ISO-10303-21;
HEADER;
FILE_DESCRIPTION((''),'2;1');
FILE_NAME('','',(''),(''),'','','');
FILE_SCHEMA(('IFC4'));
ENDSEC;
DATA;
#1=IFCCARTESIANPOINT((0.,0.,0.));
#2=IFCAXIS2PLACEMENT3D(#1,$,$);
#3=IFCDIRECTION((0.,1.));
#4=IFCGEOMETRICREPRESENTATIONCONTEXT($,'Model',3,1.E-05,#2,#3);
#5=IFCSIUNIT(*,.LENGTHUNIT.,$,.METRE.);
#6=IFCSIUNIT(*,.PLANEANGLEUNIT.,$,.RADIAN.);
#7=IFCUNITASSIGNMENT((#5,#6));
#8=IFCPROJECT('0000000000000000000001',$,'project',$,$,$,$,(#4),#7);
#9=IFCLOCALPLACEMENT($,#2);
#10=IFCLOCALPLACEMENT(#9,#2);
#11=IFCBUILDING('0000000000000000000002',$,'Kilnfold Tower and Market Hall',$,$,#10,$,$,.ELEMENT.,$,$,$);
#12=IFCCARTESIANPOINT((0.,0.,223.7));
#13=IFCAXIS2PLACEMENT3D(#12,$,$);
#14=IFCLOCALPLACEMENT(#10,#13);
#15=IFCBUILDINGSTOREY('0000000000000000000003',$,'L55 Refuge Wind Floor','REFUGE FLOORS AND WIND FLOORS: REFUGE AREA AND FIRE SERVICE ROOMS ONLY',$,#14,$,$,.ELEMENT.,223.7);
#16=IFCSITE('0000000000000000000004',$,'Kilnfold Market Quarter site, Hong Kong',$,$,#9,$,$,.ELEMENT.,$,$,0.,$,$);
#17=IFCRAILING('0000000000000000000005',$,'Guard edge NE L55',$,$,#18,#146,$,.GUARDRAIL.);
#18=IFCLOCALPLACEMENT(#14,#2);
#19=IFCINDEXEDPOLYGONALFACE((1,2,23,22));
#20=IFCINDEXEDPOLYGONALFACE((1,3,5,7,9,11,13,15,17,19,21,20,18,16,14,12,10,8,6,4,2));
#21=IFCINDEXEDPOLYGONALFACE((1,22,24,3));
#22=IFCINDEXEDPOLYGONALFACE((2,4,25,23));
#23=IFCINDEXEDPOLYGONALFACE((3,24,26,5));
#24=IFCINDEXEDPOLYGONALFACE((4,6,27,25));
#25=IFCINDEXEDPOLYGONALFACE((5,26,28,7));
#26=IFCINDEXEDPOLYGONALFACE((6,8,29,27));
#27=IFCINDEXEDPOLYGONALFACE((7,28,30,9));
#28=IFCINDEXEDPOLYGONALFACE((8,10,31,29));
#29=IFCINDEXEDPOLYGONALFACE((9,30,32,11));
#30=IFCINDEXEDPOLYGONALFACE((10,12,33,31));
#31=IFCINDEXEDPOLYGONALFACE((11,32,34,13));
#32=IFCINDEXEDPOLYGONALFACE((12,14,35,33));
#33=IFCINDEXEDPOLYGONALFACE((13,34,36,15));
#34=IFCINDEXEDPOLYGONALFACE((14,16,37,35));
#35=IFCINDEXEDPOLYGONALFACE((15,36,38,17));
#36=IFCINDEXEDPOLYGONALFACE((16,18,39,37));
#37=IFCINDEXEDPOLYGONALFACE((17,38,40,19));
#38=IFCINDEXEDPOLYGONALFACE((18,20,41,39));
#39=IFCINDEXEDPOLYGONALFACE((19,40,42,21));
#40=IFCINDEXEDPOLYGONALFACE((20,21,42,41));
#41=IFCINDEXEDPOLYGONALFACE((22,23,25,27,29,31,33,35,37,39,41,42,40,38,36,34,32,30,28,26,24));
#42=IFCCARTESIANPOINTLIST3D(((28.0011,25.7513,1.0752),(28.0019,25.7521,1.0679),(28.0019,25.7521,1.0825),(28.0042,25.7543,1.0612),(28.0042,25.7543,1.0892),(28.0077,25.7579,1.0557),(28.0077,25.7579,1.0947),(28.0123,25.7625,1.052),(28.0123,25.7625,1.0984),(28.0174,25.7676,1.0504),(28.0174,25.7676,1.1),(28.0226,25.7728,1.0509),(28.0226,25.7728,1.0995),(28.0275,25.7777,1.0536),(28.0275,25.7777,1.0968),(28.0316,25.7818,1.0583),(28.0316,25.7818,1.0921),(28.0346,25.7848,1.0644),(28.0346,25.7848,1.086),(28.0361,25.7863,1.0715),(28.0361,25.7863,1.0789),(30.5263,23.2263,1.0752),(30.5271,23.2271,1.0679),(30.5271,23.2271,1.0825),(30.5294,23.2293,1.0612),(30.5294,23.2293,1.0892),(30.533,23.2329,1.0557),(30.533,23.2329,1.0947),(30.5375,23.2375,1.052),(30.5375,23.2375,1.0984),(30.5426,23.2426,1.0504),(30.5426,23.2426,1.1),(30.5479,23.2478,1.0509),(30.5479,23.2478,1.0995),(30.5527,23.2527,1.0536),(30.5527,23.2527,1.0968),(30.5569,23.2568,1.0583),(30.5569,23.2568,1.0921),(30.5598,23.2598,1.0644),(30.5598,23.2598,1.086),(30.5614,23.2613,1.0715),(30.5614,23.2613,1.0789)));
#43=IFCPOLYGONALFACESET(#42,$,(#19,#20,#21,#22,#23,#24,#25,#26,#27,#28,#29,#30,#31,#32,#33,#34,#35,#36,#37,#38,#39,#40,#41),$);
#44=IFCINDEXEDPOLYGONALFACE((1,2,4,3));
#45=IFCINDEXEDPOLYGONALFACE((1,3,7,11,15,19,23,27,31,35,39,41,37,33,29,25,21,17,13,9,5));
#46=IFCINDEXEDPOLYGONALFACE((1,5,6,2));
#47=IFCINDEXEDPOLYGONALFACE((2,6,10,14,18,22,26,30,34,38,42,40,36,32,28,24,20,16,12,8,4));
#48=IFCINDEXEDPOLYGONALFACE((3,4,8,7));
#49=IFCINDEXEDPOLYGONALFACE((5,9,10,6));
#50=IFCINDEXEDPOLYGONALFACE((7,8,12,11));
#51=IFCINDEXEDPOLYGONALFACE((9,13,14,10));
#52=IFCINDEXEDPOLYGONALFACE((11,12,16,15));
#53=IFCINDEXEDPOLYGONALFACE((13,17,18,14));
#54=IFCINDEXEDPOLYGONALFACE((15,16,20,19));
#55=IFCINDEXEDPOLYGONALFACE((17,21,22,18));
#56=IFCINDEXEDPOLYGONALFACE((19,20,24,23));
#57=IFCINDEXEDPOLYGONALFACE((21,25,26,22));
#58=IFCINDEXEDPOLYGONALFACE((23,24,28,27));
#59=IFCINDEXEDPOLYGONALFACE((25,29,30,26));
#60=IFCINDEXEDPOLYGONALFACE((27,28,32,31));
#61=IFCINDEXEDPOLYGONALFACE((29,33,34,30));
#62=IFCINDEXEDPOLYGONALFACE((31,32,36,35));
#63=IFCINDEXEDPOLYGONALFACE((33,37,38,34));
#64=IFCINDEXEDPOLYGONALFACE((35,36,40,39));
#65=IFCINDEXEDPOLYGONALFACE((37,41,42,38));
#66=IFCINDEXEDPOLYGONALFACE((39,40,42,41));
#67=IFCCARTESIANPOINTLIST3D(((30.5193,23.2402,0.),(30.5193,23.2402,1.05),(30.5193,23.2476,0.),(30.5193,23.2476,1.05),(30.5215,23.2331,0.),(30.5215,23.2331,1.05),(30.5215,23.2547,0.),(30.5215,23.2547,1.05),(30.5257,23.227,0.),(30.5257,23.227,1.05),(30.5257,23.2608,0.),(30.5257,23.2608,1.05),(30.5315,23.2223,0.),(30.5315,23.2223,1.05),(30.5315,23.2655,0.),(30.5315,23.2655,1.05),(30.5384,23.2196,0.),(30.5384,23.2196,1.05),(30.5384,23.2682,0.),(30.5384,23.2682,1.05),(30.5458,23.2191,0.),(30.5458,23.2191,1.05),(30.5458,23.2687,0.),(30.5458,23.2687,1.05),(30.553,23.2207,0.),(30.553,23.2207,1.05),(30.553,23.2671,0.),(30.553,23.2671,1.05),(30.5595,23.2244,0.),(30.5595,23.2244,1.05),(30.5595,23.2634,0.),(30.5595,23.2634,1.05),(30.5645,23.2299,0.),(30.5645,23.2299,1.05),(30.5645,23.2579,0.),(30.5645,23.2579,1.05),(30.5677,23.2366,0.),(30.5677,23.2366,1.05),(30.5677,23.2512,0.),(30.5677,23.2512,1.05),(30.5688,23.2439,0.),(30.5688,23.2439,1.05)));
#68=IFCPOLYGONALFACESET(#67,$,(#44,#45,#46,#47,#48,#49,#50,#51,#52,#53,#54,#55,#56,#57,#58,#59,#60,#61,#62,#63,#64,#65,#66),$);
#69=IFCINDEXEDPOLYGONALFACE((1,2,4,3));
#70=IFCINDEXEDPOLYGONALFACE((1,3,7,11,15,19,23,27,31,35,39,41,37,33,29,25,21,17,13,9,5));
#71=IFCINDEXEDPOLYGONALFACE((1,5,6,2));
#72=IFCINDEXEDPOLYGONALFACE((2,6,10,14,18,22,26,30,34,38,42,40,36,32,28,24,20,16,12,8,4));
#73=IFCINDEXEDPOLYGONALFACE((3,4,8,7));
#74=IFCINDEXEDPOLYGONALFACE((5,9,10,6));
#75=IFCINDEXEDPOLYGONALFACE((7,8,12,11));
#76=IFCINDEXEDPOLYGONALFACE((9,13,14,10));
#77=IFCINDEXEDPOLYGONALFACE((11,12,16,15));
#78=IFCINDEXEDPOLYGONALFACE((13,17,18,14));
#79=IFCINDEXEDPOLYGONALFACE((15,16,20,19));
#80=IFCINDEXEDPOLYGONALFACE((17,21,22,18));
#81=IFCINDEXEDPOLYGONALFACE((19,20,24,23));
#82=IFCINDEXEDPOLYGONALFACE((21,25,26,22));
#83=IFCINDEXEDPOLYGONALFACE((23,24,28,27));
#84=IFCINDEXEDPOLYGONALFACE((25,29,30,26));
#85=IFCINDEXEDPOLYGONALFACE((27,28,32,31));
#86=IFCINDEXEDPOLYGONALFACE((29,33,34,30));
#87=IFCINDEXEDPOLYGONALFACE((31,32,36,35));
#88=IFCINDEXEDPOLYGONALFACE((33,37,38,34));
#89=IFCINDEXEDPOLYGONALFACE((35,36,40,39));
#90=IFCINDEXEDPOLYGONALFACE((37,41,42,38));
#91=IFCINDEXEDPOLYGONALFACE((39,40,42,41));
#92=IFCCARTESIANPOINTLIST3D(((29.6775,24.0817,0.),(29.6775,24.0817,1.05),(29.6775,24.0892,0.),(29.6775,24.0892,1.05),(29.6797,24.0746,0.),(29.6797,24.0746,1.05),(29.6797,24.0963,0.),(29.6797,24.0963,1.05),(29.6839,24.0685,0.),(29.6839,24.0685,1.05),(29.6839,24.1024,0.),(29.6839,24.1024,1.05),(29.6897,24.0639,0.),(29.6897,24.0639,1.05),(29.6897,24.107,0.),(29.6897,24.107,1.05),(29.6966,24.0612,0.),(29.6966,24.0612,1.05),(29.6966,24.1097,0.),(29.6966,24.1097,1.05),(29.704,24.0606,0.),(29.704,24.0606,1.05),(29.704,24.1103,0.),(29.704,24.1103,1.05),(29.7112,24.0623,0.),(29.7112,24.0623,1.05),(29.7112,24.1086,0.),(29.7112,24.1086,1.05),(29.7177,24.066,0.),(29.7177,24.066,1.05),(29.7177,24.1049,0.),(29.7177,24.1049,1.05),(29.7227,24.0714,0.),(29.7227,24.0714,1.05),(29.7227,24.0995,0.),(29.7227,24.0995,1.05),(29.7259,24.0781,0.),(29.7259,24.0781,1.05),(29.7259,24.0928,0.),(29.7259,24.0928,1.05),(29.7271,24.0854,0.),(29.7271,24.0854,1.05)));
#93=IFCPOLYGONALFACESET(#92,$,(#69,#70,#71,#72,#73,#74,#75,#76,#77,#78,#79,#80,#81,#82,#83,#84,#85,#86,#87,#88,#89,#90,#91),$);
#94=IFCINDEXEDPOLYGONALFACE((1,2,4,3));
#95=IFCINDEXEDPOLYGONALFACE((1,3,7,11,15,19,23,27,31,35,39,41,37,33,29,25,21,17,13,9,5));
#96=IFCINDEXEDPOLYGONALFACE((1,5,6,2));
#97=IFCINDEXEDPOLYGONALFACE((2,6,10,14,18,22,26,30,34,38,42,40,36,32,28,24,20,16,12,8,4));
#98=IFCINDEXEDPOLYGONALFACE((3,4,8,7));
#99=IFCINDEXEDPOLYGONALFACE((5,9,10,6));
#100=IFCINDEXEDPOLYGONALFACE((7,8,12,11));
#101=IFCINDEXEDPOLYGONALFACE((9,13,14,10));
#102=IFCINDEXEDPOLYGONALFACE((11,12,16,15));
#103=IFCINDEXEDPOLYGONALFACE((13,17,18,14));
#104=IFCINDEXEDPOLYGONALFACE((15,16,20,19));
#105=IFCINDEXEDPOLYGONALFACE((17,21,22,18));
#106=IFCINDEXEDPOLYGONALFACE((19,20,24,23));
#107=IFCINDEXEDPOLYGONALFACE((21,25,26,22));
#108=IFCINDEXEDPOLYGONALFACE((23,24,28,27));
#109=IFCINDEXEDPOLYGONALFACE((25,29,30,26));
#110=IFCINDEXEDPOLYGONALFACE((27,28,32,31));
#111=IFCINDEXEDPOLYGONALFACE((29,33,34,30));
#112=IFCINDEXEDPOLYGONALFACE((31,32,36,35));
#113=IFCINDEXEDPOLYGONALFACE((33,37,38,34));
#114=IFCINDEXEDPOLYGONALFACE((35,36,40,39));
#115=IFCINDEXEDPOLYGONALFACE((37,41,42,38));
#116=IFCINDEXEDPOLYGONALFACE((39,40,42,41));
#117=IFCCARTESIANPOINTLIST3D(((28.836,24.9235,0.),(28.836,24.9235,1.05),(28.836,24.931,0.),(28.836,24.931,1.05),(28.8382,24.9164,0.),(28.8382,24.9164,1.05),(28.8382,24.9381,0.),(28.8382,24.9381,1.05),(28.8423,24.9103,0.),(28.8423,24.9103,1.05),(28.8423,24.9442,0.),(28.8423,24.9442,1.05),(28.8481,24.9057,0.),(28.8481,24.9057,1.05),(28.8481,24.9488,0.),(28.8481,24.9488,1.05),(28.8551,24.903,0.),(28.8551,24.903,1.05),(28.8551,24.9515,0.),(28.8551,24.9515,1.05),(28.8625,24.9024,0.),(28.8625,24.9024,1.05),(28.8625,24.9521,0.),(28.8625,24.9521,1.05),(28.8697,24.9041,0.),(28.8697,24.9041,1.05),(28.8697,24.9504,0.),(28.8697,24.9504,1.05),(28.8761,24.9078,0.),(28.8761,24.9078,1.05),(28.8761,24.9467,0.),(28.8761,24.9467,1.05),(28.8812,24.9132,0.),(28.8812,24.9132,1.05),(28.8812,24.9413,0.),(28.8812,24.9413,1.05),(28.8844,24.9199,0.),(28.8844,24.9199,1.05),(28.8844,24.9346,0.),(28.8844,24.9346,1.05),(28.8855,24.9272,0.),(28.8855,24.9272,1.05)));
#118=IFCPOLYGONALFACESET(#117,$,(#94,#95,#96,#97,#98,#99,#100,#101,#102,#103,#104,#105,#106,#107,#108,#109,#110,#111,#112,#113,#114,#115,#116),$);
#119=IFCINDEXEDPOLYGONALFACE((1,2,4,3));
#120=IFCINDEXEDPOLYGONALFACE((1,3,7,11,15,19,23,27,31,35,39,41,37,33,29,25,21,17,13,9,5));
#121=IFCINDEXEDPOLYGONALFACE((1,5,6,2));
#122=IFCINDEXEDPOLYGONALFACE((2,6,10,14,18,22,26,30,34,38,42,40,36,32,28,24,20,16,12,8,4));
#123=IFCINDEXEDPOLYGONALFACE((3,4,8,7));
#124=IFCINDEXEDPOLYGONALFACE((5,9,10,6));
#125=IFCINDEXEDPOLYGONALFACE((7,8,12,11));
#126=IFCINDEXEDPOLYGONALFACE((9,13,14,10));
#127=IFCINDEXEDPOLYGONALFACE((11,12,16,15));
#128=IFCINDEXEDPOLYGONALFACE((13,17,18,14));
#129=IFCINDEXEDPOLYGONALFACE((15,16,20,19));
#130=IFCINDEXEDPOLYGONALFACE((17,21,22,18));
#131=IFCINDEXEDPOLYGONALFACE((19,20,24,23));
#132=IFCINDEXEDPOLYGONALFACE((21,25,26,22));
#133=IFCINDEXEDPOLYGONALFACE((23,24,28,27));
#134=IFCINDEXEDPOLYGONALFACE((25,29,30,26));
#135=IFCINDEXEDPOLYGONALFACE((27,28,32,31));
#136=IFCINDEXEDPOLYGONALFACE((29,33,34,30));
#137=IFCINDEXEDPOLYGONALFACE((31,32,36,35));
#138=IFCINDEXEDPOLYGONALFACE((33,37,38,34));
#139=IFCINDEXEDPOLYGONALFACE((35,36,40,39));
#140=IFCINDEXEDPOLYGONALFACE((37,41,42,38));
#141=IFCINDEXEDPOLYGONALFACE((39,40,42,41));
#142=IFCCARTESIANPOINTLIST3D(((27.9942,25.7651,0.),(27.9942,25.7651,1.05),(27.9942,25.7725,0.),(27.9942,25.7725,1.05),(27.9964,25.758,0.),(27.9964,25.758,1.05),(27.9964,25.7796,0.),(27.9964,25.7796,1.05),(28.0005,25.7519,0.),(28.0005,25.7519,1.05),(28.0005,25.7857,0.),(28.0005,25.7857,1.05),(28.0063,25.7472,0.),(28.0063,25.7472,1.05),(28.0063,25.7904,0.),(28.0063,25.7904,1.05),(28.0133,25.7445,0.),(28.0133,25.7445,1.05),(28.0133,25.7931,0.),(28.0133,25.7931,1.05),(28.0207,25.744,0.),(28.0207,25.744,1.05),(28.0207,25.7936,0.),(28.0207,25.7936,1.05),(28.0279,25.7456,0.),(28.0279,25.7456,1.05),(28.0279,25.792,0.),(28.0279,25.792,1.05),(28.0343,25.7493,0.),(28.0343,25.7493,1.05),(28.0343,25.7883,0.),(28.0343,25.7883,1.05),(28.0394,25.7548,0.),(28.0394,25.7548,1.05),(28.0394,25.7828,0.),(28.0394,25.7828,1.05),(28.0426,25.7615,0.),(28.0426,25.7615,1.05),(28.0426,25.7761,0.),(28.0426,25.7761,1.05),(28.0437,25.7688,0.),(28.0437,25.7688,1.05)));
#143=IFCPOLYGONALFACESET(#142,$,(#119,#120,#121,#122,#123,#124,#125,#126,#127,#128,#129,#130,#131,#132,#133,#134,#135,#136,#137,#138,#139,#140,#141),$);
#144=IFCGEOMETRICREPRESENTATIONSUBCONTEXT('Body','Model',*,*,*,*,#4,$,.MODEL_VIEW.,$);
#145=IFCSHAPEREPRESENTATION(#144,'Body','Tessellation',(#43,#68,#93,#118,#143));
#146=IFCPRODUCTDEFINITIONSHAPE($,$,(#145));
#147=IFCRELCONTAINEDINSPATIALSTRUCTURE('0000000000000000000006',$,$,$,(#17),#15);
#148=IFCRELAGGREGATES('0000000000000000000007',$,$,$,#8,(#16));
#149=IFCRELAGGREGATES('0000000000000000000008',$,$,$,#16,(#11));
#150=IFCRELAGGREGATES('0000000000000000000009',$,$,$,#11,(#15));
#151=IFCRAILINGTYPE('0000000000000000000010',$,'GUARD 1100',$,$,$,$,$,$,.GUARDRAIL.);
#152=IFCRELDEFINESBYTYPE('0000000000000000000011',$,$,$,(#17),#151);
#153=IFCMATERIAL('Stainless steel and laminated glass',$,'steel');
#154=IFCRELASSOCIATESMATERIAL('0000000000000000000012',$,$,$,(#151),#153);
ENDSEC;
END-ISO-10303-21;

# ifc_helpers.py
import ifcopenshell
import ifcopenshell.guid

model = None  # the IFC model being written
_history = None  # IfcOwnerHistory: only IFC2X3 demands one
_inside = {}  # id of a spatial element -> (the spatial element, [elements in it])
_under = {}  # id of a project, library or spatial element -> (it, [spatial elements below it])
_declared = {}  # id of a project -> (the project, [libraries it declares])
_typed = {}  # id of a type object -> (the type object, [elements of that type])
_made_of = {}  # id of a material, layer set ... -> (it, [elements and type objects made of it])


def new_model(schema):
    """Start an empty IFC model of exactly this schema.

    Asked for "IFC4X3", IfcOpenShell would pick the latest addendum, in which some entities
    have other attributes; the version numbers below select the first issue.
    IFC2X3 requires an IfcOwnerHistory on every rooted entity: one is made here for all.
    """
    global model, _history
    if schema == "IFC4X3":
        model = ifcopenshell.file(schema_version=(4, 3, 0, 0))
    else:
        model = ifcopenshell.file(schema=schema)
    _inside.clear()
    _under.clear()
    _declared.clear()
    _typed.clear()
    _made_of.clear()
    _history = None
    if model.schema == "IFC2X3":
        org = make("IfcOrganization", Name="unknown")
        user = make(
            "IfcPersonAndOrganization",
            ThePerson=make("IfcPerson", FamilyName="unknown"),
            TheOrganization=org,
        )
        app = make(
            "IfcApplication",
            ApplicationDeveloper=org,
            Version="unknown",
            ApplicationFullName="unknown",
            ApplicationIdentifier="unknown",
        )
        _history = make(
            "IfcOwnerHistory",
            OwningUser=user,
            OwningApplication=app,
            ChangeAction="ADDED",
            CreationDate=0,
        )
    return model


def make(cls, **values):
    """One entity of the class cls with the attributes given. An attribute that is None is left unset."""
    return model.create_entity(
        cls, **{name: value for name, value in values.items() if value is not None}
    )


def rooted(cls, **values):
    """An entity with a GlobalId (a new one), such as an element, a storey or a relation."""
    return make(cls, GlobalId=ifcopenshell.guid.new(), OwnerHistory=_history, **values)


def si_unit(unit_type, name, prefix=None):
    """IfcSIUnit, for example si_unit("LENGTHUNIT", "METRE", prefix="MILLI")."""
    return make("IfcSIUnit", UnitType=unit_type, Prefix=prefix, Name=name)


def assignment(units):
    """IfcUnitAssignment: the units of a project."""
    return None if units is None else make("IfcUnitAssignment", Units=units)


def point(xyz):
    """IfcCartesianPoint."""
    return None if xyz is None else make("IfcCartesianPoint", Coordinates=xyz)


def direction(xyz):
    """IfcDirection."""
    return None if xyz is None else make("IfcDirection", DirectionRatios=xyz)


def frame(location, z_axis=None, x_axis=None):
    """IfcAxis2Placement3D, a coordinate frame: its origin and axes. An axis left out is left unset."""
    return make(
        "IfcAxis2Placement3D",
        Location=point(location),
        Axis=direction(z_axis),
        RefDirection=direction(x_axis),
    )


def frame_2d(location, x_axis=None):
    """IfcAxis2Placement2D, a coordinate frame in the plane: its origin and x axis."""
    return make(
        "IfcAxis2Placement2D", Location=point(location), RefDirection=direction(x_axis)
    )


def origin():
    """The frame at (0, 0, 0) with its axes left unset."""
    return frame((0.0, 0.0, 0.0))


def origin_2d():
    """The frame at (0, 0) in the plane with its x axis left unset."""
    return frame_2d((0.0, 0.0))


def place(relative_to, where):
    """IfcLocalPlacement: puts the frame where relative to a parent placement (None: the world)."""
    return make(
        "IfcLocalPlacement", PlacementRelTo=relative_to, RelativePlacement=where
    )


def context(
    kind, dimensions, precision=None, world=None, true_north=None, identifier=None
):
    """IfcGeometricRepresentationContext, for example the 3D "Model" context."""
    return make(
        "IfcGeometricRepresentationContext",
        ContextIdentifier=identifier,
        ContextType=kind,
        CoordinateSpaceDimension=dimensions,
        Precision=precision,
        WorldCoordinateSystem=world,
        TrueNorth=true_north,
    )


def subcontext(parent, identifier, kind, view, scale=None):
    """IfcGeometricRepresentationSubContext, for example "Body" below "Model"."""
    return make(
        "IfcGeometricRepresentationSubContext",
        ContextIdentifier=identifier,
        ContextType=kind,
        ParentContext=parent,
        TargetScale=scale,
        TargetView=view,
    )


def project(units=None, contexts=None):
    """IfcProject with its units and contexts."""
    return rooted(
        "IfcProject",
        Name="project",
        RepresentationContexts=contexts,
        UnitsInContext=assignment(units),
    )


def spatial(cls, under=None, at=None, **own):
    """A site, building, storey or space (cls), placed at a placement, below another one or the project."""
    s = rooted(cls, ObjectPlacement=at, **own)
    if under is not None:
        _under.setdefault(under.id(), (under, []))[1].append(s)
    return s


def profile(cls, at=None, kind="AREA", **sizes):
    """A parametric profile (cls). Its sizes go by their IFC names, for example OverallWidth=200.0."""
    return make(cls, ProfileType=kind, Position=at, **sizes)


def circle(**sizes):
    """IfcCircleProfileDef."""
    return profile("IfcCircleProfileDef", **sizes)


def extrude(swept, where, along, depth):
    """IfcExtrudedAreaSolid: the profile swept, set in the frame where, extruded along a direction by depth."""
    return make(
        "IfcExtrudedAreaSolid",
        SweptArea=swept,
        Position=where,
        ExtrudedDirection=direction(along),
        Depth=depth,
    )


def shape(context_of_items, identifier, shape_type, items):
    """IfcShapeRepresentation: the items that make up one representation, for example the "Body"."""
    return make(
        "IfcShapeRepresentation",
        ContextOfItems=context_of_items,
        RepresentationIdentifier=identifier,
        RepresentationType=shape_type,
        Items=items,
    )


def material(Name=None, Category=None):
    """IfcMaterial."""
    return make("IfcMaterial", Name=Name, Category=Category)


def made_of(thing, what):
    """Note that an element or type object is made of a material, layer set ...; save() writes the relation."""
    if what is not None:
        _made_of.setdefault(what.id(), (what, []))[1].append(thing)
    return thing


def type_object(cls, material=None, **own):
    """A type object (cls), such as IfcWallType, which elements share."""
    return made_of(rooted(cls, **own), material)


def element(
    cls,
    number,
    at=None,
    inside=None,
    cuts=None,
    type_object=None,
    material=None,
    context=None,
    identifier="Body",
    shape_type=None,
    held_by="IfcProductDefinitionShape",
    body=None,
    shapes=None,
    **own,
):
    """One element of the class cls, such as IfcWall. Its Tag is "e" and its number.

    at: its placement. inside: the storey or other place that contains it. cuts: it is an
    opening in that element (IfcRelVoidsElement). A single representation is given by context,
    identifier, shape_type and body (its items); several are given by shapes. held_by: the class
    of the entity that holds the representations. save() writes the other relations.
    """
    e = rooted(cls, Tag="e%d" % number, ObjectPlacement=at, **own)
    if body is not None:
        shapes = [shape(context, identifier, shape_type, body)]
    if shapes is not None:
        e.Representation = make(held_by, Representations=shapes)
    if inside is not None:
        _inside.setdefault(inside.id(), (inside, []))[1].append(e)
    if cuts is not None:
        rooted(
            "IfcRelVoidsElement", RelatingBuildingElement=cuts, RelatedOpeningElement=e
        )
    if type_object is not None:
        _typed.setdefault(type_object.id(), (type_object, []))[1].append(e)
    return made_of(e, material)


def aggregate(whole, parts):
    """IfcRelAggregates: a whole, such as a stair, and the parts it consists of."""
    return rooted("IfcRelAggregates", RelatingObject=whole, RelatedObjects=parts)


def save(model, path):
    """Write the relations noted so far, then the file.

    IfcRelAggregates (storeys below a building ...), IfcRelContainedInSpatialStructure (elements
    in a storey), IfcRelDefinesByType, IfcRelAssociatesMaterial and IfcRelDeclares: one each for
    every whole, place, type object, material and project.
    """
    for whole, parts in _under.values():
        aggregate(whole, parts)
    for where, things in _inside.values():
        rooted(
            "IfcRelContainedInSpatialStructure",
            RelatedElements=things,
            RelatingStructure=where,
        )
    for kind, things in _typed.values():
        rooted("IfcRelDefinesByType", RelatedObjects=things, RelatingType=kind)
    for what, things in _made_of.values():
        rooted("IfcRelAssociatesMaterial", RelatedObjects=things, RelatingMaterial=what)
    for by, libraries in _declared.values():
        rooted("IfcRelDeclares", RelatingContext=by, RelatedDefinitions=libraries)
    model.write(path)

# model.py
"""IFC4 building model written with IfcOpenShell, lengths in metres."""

from ifc_helpers import new_model, si_unit, direction, frame, origin, origin_2d, place, context, subcontext, project, spatial, circle, extrude, material, type_object, element, save


model = new_model("IFC4")

# Units and contexts
model_context = context("Model", 3, precision=1e-05, world=origin(), true_north=direction((0.0, 1.0)))
body_context = subcontext(model_context, "Body", "Model", "MODEL_VIEW")
ifc_project = project(units=[si_unit("LENGTHUNIT", "METRE"), si_unit("PLANEANGLEUNIT", "RADIAN")], contexts=[model_context])

# Site, building, storey
site_placement = place(None, origin())
site = spatial("IfcSite", under=ifc_project, at=site_placement, Name="Kilnfold Market Quarter site, Hong Kong", CompositionType="ELEMENT", RefElevation=0.0)
building_placement = place(site_placement, origin())
building = spatial("IfcBuilding", under=site, at=building_placement, Name="Kilnfold Tower and Market Hall", CompositionType="ELEMENT")
storey_placement = place(building_placement, frame((0.0, 0.0, 223.7)))
storey = spatial("IfcBuildingStorey", under=building, at=storey_placement, Name="L55 Refuge Wind Floor", Description="REFUGE FLOORS AND WIND FLOORS: REFUGE AREA AND FIRE SERVICE ROOMS ONLY", CompositionType="ELEMENT", Elevation=223.7)

# Railing
ifc_material_1 = material(Name="Stainless steel and laminated glass", Category="steel")
railing_type_1 = type_object("IfcRailingType", Name="GUARD 1100", PredefinedType="GUARDRAIL", material=ifc_material_1)
railing_1_placement = place(storey_placement, frame((30.5439, 23.2439, 0.0)))
element("IfcRailing", 1, at=railing_1_placement, inside=storey, type_object=railing_type_1, Name="Guard edge NE L55", PredefinedType="GUARDRAIL", context=body_context, shape_type="SweptSolid", body=[
    extrude(circle(Radius=0.0249, at=origin_2d()), frame((0.0, 0.0, 1.0752), z_axis=(-0.707141, 0.707073, 0.0), x_axis=(-0.707073, -0.707141, 0.0)), (0.0, 0.0, 1.0), 3.571),
    extrude(circle(Radius=0.0249, at=origin_2d()), origin(), (0.0, 0.0, 1.0), 1.05),
    extrude(circle(Radius=0.0249, at=origin_2d()), frame((-0.8418, 0.8416, 0.0)), (0.0, 0.0, 1.0), 1.05),
    extrude(circle(Radius=0.0249, at=origin_2d()), frame((-1.6833, 1.6833, 0.0)), (0.0, 0.0, 1.0), 1.05),
    extrude(circle(Radius=0.0249, at=origin_2d()), frame((-2.5251, 2.5249, 0.0)), (0.0, 0.0, 1.0), 1.05),
])

save(model, "model.ifc")
